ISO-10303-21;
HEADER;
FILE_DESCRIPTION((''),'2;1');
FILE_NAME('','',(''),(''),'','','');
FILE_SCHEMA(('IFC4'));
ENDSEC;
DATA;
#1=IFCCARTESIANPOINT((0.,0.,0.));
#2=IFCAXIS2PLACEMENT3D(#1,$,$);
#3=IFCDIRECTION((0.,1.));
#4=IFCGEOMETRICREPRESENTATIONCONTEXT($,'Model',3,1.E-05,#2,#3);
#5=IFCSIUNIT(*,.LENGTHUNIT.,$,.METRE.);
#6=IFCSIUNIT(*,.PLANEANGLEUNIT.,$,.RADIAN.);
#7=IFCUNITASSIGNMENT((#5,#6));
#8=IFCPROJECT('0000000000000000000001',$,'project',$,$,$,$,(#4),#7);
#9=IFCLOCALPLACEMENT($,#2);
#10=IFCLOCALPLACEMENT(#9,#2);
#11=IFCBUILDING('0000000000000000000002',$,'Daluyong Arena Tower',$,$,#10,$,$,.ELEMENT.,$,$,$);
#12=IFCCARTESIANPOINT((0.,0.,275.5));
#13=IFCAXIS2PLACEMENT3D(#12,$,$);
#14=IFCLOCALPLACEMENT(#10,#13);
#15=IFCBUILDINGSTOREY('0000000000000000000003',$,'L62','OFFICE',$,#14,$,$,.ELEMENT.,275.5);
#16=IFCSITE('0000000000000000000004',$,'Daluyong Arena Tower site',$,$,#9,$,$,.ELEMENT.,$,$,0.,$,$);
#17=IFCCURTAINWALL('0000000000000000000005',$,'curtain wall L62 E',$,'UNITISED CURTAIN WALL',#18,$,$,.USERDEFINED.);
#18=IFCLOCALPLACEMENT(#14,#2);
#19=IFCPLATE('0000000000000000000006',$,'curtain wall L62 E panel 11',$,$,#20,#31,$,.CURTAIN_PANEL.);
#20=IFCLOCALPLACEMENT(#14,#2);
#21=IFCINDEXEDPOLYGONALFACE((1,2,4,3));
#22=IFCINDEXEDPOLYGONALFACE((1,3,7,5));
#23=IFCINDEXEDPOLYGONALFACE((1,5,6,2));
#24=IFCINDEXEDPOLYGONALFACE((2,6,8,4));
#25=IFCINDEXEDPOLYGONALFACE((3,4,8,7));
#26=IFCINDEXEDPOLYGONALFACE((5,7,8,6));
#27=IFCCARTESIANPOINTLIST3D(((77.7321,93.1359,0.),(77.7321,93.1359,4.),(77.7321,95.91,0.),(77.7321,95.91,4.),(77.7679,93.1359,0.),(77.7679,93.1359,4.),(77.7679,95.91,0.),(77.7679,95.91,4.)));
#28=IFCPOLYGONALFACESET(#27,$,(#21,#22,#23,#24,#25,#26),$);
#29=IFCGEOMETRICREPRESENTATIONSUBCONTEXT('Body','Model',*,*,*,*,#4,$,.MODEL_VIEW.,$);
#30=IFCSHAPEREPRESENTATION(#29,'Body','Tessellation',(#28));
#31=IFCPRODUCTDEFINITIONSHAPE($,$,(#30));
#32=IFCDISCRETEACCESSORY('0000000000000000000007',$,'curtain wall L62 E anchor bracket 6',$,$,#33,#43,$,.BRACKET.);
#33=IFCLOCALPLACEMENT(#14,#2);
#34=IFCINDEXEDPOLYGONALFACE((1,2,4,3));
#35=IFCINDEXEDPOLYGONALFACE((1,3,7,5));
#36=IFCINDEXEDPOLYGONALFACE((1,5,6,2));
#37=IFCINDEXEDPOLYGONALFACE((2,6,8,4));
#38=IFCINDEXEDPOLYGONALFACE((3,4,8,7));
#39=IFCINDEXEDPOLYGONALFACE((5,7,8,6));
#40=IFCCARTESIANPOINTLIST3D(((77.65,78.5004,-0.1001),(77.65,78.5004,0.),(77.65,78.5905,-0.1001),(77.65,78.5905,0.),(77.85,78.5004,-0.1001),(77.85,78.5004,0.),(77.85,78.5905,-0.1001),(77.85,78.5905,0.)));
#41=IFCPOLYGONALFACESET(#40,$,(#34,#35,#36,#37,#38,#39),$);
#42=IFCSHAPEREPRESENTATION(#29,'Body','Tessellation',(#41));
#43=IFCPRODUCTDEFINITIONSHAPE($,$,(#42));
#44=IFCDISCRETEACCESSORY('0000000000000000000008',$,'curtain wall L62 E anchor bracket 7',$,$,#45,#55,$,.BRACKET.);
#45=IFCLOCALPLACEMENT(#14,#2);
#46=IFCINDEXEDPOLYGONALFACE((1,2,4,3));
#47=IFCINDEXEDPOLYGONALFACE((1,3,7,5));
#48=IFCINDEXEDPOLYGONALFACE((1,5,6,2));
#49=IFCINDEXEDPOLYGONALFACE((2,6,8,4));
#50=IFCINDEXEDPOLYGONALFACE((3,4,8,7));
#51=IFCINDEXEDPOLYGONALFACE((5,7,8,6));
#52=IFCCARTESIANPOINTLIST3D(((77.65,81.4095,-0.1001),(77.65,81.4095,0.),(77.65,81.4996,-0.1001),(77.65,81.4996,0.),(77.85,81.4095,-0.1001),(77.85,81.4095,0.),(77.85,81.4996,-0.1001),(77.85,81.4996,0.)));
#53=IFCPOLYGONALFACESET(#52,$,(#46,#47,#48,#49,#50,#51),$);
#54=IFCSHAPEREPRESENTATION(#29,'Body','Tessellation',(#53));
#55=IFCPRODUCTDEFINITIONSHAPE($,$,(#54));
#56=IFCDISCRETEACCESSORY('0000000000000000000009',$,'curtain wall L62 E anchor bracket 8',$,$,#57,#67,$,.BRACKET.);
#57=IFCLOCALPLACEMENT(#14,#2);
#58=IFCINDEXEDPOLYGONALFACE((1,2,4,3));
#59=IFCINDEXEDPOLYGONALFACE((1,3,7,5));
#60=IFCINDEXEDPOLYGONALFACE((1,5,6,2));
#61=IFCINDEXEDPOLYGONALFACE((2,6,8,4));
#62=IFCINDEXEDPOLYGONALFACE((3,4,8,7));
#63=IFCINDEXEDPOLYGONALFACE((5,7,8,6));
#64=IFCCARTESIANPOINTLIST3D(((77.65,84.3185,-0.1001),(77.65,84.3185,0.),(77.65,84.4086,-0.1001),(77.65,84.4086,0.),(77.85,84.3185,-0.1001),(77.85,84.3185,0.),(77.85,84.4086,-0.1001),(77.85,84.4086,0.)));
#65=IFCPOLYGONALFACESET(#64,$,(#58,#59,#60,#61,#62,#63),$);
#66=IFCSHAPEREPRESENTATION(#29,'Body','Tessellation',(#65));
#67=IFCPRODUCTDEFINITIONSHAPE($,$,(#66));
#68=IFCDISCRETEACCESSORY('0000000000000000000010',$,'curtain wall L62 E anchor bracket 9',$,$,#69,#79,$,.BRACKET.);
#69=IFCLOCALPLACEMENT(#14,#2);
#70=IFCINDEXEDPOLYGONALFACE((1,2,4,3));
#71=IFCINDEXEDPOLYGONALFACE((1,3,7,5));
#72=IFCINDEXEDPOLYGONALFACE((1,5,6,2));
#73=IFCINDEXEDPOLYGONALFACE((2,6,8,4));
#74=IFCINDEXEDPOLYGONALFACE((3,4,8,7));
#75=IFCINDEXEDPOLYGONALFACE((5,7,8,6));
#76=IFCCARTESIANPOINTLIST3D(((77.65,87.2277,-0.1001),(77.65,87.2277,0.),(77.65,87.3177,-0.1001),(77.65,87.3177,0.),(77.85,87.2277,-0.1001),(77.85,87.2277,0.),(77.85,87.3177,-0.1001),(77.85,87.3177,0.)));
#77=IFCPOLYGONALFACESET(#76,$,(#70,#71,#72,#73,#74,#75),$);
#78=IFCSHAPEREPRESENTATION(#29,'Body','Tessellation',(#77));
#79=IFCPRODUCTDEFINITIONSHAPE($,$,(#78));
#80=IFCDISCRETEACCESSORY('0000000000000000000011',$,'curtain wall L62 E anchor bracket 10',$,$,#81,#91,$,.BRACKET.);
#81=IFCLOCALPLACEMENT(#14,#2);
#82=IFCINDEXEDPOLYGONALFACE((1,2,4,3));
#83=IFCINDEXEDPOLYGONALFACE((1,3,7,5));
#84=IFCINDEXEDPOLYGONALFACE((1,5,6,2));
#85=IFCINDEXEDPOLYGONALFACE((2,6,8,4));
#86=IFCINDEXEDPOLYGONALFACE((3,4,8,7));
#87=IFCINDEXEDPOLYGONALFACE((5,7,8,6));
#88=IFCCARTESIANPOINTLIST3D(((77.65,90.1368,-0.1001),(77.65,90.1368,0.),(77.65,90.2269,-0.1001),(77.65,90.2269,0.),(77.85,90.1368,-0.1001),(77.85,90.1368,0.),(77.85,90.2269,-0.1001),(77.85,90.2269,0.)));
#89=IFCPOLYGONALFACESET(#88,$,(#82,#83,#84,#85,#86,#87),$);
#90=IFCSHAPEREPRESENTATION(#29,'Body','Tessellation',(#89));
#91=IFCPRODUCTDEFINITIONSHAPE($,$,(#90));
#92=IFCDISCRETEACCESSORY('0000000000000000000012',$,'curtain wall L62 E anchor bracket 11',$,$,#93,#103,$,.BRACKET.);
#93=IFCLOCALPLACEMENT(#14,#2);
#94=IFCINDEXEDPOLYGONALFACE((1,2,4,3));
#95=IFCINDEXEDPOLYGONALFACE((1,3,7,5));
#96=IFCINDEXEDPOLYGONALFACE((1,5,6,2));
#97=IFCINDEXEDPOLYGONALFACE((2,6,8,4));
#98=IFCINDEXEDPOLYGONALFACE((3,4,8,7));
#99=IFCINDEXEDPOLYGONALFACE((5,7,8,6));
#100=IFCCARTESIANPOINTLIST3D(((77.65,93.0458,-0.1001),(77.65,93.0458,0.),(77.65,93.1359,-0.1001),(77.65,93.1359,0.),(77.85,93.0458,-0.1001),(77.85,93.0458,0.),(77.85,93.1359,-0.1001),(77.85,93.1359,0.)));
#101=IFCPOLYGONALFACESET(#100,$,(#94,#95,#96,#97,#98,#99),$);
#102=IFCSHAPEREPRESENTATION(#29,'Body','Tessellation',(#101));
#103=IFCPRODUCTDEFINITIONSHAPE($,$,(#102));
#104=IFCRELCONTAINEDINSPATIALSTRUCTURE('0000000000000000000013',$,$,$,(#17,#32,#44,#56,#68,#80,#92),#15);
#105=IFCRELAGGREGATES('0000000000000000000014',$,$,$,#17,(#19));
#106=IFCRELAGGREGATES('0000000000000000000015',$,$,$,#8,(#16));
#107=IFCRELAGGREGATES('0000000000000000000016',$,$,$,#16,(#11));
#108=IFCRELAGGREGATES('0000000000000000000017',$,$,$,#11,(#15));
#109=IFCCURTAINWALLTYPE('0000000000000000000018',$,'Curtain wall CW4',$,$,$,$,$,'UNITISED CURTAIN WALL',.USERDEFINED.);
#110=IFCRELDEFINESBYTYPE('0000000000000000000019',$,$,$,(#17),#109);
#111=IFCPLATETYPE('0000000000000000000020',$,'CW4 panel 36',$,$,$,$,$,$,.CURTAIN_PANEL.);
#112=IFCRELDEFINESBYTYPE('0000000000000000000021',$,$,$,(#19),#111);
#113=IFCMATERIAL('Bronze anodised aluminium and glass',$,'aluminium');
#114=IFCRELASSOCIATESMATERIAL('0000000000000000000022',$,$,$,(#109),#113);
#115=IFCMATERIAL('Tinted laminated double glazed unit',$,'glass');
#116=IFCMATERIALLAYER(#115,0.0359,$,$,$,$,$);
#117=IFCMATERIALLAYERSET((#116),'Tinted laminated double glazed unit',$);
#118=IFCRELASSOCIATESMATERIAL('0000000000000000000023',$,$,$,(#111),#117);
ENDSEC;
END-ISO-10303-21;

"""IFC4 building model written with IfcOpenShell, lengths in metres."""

from ifc_helpers import new_model, si_unit, direction, frame, origin, origin_2d, place, context, subcontext, project, spatial, rectangle, extrude, material, layer, layer_set, type_object, element, aggregate, save


model = new_model("IFC4")

# Units and contexts
model_context = context("Model", 3, precision=1e-05, world=origin(), true_north=direction((0.0, 1.0)))
body_context = subcontext(model_context, "Body", "Model", "MODEL_VIEW")
ifc_project = project(units=[si_unit("LENGTHUNIT", "METRE"), si_unit("PLANEANGLEUNIT", "RADIAN")], contexts=[model_context])

# Site, building, storey
site_placement = place(None, origin())
site = spatial("IfcSite", under=ifc_project, at=site_placement, Name="Daluyong Arena Tower site", CompositionType="ELEMENT", RefElevation=0.0)
building_placement = place(site_placement, origin())
building = spatial("IfcBuilding", under=site, at=building_placement, Name="Daluyong Arena Tower", CompositionType="ELEMENT")
storey_placement = place(building_placement, frame((0.0, 0.0, 275.5)))
storey = spatial("IfcBuildingStorey", under=building, at=storey_placement, Name="L62", Description="OFFICE", CompositionType="ELEMENT", Elevation=275.5)

# Curtain wall
ifc_material_1 = material(Name="Bronze anodised aluminium and glass", Category="aluminium")
curtain_wall_type = type_object("IfcCurtainWallType", Name="Curtain wall CW4", ElementType="UNITISED CURTAIN WALL", PredefinedType="USERDEFINED", material=ifc_material_1)
curtain_wall_placement = place(storey_placement, origin())
curtain_wall = element("IfcCurtainWall", 1, at=curtain_wall_placement, inside=storey, type_object=curtain_wall_type, Name="curtain wall L62 E", ObjectType="UNITISED CURTAIN WALL", PredefinedType="USERDEFINED")

# Plate
ifc_material_2 = material(Name="Tinted laminated double glazed unit", Category="glass")
ifc_layer = layer(ifc_material_2, 0.0359)
ifc_layer_set = layer_set([ifc_layer], Name="Tinted laminated double glazed unit")
plate_type = type_object("IfcPlateType", Name="CW4 panel 36", PredefinedType="CURTAIN_PANEL", material=ifc_layer_set)
plate_1_placement = place(storey_placement, frame((77.75, 94.5229, 0.0), z_axis=(0.0, 0.0, 1.0), x_axis=(0.0, 1.0, 0.0)))
plate_1 = element("IfcPlate", 2, at=plate_1_placement, type_object=plate_type, Name="curtain wall L62 E panel 11", PredefinedType="CURTAIN_PANEL", context=body_context, shape_type="SweptSolid", body=[
    extrude(rectangle(XDim=2.7742, YDim=0.0359, at=origin_2d()), origin(), (0.0, 0.0, 1.0), 4.0),
])
aggregate(curtain_wall, [plate_1])

# Discrete accessories
for number, where, z_axis, x_axis, name in (
    (3, (77.75, 78.5454, -0.1001), (0.0, 0.0, 1.0), (0.0, 1.0, 0.0), "curtain wall L62 E anchor bracket 6"),
    (4, (77.75, 81.4546, -0.1001), (0.0, 0.0, 1.0), (0.0, 1.0, 0.0), "curtain wall L62 E anchor bracket 7"),
    (5, (77.75, 84.3635, -0.1001), (0.0, 0.0, 1.0), (0.0, 1.0, 0.0), "curtain wall L62 E anchor bracket 8"),
    (6, (77.75, 87.2727, -0.1001), (0.0, 0.0, 1.0), (0.0, 1.0, 0.0), "curtain wall L62 E anchor bracket 9"),
    (7, (77.75, 90.1819, -0.1001), (0.0, 0.0, 1.0), (0.0, 1.0, 0.0), "curtain wall L62 E anchor bracket 10"),
    (8, (77.75, 93.0908, -0.1001), (0.0, 0.0, 1.0), (0.0, 1.0, 0.0), "curtain wall L62 E anchor bracket 11"),
):
    element("IfcDiscreteAccessory", number, at=place(storey_placement, frame(where, z_axis=z_axis, x_axis=x_axis)), inside=storey, Name=name, PredefinedType="BRACKET", context=body_context, shape_type="SweptSolid", body=[
        extrude(rectangle(XDim=0.0901, YDim=0.2, at=origin_2d()), origin(), (0.0, 0.0, 1.0), 0.1001),
    ])

save(model, "model.ifc")
